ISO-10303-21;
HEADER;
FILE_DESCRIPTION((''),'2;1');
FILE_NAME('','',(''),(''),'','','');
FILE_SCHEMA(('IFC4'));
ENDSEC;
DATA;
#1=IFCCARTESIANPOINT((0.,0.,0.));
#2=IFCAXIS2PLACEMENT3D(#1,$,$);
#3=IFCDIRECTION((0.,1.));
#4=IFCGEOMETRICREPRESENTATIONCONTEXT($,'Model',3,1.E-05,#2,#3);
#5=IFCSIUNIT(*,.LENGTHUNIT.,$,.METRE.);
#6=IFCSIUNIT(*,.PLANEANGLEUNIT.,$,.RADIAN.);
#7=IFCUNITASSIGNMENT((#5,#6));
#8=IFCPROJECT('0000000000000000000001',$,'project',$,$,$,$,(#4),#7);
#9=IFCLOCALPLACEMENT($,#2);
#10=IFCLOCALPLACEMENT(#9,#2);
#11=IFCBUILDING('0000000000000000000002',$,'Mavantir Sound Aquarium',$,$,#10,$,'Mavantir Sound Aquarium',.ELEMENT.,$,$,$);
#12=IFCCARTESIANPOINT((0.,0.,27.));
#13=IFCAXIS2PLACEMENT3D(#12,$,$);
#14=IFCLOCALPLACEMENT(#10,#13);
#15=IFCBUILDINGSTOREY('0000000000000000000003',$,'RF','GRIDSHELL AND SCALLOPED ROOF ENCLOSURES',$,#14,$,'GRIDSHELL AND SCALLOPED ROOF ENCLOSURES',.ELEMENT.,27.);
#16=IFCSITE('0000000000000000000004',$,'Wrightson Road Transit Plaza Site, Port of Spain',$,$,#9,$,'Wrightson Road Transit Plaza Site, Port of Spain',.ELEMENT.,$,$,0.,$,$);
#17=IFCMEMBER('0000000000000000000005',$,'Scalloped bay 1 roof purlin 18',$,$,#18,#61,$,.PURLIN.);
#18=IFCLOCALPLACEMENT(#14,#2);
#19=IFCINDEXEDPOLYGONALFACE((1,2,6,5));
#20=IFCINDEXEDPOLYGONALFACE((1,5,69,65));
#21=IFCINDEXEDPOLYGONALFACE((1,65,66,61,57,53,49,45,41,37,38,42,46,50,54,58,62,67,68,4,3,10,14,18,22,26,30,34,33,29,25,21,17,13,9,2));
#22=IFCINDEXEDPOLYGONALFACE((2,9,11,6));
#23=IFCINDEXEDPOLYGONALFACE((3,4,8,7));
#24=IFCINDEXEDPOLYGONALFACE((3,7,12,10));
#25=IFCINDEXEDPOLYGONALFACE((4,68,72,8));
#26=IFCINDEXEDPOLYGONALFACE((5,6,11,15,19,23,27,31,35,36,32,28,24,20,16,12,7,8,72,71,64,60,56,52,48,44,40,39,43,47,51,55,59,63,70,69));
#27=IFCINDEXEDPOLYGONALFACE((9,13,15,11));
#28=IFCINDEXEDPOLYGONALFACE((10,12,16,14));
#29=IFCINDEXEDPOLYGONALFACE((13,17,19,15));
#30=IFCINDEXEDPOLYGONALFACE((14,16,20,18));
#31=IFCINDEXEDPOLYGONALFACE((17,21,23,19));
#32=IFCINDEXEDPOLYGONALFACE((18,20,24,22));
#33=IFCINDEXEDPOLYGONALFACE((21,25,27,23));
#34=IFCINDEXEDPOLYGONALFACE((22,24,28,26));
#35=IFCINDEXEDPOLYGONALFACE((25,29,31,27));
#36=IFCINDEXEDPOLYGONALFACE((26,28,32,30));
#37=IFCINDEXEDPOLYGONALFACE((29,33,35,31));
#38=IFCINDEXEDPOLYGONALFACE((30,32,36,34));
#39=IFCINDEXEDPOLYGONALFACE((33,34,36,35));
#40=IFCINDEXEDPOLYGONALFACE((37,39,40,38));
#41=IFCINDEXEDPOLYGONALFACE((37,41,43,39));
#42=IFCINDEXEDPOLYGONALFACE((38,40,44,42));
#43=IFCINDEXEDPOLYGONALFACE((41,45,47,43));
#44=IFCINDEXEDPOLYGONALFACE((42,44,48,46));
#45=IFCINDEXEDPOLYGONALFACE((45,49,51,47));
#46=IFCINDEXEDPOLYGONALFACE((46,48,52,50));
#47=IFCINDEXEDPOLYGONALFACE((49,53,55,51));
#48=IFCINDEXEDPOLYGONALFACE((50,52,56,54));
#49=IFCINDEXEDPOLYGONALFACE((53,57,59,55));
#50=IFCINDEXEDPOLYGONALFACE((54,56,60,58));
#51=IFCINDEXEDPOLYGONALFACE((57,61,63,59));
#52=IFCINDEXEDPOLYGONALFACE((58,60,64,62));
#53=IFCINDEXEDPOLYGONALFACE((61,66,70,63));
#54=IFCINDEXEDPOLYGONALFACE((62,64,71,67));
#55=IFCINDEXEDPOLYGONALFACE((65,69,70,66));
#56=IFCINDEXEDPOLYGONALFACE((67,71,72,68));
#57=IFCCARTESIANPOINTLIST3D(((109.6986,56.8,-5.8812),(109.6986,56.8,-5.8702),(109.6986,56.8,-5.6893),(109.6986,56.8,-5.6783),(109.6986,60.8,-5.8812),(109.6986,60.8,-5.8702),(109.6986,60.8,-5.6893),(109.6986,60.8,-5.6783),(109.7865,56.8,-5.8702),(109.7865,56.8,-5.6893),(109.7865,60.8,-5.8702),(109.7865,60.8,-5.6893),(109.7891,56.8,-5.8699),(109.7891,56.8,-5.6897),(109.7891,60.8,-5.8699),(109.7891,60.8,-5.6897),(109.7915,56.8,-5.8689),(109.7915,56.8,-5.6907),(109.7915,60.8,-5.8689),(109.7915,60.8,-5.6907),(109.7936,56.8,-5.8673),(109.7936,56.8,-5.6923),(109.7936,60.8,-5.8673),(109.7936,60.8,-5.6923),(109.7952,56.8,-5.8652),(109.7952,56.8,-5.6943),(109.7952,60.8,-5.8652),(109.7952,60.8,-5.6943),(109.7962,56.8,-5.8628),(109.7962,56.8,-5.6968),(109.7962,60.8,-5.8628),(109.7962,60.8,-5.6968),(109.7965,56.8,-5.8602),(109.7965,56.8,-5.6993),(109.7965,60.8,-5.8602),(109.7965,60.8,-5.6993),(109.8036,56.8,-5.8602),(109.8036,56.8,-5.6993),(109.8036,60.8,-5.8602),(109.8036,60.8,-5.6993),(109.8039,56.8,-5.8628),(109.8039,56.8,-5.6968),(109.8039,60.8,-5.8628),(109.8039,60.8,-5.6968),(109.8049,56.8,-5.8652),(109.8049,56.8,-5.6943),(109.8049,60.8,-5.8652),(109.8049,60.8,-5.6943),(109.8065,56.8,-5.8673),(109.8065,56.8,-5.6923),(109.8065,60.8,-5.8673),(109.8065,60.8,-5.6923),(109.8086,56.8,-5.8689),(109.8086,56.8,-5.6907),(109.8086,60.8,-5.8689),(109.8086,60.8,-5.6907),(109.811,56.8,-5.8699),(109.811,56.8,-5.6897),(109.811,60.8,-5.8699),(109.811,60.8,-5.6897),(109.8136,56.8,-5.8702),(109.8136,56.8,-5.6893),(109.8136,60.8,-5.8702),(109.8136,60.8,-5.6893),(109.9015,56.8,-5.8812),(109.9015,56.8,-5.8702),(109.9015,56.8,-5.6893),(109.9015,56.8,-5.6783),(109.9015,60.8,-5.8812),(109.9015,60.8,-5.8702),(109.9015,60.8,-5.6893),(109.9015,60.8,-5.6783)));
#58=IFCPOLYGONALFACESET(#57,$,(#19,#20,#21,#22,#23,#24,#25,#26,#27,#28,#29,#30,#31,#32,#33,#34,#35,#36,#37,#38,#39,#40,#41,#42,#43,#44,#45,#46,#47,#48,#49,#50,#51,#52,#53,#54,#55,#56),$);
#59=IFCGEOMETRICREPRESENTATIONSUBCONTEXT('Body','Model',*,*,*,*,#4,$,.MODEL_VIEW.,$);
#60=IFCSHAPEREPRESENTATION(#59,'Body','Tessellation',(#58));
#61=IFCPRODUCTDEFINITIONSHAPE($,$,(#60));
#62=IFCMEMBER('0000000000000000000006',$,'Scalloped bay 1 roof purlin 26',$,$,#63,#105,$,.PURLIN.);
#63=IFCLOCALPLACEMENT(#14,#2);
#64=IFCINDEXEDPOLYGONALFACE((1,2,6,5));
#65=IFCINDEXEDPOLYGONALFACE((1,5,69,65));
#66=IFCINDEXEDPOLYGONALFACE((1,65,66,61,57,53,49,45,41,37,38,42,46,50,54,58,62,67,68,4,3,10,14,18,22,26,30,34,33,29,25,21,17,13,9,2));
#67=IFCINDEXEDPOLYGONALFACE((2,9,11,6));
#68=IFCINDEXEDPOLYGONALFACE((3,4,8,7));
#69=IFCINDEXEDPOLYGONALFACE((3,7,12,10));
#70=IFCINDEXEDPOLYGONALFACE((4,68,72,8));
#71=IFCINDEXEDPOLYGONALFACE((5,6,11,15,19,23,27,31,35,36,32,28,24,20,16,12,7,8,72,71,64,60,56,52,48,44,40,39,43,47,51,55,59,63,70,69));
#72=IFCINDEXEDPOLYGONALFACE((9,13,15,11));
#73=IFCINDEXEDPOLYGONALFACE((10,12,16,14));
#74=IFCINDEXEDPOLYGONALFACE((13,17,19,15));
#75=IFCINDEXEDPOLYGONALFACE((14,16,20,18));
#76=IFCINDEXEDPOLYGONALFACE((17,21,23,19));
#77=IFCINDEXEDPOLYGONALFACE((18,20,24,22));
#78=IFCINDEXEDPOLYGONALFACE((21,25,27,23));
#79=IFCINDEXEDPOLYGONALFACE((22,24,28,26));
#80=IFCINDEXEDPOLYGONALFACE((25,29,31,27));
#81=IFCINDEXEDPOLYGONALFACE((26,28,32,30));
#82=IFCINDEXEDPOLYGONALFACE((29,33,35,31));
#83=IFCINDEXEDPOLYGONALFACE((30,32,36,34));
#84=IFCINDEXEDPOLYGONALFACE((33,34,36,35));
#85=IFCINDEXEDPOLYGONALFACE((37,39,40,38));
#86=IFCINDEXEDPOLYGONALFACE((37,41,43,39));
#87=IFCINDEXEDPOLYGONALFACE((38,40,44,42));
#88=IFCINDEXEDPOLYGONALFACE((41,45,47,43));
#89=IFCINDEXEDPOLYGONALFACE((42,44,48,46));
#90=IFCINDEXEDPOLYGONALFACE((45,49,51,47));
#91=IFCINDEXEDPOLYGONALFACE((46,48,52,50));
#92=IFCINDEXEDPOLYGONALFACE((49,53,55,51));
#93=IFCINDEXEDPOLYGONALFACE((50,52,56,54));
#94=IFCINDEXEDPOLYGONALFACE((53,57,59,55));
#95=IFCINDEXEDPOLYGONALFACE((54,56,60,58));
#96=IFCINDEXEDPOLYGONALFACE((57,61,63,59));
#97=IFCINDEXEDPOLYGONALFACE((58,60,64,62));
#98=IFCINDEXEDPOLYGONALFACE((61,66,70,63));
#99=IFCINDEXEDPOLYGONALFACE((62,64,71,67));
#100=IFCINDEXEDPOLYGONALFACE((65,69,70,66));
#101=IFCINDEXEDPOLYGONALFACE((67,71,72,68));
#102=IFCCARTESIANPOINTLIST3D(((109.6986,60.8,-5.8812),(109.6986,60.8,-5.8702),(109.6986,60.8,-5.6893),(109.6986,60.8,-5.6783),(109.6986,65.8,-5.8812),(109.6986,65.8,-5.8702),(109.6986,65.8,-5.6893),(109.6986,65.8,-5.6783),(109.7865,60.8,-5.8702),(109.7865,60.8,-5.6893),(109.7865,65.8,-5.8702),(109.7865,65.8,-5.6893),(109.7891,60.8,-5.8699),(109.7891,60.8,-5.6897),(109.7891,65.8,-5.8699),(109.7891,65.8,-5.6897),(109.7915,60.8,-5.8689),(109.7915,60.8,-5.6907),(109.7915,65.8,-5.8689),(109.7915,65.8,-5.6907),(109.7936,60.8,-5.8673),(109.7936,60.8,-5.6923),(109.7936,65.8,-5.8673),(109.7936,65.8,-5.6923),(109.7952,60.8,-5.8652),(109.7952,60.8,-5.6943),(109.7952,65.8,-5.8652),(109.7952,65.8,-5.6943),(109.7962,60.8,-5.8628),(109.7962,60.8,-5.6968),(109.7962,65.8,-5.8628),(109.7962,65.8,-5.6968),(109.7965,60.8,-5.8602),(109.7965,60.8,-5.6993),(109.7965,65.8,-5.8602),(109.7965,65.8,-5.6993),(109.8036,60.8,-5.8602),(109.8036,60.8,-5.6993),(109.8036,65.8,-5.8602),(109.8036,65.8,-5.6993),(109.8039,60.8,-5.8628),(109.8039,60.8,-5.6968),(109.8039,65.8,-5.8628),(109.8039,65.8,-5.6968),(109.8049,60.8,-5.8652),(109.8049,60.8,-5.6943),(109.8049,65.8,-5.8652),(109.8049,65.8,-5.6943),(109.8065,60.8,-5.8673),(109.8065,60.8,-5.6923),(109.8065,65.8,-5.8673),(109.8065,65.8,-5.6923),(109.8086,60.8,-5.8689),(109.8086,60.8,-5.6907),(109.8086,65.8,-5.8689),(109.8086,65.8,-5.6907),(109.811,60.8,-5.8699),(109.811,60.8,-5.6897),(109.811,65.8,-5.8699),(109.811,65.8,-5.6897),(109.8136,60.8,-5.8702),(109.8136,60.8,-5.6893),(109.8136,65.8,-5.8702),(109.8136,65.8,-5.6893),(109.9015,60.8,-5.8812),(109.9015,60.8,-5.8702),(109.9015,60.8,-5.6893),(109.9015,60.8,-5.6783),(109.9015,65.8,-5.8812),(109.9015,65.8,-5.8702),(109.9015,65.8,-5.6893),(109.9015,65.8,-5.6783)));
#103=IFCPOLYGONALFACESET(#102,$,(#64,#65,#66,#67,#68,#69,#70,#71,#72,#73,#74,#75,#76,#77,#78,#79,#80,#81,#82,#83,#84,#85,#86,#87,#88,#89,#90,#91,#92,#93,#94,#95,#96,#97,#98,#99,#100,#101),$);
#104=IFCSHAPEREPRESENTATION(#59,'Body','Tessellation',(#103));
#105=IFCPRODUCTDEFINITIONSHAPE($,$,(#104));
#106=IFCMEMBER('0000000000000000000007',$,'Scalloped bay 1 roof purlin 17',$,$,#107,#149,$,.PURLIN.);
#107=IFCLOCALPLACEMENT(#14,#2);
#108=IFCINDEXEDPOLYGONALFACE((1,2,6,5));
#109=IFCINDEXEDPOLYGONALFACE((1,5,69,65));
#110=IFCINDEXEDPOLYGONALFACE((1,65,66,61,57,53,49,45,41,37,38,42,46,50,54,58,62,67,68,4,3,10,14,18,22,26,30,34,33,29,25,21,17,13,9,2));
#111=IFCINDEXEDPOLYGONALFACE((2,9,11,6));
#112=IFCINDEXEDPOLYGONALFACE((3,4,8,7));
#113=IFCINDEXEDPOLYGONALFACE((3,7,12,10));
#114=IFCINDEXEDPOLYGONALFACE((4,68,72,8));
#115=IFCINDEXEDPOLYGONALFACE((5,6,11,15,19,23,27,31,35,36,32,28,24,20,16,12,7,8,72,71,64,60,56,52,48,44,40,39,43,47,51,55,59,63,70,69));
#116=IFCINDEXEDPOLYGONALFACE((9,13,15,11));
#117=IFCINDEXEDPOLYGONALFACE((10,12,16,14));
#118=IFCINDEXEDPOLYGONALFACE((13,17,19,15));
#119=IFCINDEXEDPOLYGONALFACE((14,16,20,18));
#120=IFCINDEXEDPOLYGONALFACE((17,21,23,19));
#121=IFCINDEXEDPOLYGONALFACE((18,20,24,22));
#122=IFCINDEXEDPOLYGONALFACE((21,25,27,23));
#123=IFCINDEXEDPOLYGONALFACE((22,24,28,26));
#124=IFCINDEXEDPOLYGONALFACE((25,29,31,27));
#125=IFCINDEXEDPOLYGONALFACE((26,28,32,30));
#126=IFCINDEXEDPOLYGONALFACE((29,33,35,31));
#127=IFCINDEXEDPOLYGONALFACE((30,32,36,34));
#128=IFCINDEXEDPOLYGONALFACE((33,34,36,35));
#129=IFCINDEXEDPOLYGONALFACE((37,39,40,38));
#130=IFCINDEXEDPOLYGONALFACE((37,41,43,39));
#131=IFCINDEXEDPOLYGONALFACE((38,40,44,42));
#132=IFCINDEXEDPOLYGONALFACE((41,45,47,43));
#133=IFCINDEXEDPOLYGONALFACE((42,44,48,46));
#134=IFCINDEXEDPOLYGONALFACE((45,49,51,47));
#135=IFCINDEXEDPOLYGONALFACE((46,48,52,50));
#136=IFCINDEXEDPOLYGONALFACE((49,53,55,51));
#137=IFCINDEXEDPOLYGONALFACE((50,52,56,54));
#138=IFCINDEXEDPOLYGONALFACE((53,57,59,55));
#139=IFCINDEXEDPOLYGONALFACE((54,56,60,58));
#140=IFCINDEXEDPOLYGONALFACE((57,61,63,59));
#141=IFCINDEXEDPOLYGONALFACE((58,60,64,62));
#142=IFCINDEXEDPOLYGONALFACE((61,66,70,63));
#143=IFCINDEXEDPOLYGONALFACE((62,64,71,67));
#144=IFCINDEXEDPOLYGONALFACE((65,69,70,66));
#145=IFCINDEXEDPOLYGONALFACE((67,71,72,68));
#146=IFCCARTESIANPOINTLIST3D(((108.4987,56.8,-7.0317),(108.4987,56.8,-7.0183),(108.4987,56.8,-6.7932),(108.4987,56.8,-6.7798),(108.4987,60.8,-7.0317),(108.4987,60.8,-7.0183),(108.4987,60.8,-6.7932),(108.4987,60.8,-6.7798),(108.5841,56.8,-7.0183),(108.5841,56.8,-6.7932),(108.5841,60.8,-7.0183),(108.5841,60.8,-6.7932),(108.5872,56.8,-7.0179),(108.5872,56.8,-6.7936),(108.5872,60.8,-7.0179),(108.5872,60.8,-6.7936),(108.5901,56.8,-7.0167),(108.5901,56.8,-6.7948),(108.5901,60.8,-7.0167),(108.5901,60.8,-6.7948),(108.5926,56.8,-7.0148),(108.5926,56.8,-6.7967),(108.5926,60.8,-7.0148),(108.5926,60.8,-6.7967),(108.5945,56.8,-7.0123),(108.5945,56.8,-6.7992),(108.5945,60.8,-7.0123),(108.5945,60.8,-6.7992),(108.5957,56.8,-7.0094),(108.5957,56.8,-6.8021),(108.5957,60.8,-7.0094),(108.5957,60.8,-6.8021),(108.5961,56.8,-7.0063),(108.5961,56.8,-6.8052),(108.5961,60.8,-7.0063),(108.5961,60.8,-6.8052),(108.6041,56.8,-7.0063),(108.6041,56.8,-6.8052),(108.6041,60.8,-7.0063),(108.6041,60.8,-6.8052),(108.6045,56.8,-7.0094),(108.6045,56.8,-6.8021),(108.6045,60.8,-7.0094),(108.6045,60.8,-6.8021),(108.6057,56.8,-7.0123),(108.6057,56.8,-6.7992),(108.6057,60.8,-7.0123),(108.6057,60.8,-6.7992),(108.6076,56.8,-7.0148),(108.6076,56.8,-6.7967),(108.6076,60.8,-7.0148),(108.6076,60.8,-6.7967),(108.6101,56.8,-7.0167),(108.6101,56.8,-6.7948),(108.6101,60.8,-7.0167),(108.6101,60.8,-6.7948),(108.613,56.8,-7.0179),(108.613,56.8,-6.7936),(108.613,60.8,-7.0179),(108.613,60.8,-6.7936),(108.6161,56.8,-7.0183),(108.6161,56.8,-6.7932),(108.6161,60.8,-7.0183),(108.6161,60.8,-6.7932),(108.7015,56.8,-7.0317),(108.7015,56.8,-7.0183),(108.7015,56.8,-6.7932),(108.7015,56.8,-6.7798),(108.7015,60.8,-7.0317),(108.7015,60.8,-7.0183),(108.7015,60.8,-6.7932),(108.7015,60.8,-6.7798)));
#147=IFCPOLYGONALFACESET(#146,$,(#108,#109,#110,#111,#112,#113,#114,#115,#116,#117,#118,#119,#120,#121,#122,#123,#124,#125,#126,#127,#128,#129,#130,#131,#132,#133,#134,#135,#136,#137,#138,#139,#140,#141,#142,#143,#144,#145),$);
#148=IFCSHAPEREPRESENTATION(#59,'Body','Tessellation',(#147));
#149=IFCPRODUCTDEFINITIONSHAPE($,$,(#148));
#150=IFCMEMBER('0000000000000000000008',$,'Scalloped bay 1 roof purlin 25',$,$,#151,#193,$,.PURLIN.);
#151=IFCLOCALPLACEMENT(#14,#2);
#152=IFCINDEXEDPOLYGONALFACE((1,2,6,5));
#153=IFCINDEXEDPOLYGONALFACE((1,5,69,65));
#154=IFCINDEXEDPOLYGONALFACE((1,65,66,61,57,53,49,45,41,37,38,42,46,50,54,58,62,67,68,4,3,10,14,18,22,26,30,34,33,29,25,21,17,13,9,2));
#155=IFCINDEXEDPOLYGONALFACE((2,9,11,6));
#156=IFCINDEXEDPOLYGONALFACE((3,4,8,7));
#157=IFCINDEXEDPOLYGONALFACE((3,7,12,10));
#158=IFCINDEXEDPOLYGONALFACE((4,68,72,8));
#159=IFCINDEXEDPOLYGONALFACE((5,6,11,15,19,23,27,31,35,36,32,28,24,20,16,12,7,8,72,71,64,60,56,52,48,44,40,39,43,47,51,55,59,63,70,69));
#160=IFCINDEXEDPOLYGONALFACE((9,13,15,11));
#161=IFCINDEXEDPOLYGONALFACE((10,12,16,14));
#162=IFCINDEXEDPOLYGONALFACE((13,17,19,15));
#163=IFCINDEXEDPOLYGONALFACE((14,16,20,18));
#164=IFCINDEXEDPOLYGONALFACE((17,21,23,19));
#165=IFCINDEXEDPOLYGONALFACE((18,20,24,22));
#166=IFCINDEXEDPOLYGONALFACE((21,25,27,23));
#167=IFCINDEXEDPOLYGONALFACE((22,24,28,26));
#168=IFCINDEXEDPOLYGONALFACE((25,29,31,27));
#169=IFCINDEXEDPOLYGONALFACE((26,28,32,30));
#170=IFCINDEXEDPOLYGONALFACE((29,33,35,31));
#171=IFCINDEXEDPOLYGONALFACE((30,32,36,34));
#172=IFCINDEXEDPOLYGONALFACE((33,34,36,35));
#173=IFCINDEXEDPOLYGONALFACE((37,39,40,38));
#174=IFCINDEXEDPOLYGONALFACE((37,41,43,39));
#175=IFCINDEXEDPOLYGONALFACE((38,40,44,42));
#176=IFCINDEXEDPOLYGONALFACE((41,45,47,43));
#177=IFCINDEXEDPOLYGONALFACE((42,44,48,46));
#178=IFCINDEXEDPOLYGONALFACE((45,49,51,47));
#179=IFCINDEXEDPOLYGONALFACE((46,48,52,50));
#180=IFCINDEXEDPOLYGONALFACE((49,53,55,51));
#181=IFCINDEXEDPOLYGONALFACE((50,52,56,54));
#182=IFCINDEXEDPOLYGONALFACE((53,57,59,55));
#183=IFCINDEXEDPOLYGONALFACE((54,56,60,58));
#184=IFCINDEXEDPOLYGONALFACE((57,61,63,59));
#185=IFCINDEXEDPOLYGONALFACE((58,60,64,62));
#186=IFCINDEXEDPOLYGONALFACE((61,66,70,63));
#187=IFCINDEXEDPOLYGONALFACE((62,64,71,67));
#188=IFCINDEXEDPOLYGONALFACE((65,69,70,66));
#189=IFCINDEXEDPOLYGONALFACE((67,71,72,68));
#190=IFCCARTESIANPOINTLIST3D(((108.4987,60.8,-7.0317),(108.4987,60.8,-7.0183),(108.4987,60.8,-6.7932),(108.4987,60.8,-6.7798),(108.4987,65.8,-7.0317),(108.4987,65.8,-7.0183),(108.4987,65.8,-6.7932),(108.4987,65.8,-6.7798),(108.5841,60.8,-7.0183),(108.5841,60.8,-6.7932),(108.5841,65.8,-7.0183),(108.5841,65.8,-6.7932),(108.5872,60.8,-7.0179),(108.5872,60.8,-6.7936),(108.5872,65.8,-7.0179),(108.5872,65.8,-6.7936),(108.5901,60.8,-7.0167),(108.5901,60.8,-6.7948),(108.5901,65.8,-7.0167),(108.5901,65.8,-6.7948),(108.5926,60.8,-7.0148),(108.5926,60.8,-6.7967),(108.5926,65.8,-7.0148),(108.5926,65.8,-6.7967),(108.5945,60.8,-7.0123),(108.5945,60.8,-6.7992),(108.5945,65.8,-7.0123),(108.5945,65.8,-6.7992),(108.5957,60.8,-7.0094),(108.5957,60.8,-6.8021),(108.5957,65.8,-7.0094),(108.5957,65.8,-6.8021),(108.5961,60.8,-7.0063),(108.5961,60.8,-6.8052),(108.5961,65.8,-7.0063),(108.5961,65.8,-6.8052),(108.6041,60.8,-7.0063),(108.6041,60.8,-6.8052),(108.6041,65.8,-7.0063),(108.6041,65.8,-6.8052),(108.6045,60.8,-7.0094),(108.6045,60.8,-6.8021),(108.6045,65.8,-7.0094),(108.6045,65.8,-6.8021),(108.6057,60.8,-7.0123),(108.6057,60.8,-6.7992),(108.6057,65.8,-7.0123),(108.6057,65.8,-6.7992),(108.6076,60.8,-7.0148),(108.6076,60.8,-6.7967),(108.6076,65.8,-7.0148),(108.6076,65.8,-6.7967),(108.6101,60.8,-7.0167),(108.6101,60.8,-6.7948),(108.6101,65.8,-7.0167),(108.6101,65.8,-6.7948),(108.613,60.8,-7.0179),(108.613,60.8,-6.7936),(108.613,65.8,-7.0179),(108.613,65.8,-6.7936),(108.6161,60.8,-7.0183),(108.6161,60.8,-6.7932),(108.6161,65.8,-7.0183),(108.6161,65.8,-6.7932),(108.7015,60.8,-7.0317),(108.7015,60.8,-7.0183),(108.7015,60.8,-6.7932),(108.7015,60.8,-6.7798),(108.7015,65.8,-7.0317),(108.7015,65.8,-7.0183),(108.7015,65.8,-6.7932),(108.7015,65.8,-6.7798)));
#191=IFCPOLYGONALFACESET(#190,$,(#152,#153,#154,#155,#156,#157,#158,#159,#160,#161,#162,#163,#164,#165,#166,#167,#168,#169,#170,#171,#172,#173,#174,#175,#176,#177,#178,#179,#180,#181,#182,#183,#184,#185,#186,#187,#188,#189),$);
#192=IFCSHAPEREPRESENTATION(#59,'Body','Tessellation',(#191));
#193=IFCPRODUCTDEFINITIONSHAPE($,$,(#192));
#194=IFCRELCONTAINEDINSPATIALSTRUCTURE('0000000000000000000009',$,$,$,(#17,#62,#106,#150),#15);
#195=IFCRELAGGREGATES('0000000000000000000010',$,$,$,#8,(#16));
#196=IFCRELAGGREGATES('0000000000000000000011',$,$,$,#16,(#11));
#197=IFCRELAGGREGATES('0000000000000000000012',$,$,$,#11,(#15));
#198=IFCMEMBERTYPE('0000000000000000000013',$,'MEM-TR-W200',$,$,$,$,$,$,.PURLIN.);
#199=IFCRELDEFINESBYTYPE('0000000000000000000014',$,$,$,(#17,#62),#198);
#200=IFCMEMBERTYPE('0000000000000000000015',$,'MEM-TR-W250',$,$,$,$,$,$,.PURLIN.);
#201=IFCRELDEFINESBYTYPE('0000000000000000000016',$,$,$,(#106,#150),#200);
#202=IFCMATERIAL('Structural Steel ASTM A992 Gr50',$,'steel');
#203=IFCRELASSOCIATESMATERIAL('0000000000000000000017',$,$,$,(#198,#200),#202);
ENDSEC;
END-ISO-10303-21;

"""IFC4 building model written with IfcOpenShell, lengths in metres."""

from ifc_helpers import new_model, si_unit, direction, frame, origin, origin_2d, place, context, subcontext, project, spatial, i_section, extrude, material, material_profile, profile_set, type_object, element, save


model = new_model("IFC4")

# Units and contexts
model_context = context("Model", 3, precision=1e-05, world=origin(), true_north=direction((0.0, 1.0)))
body_context = subcontext(model_context, "Body", "Model", "MODEL_VIEW")
ifc_project = project(units=[si_unit("LENGTHUNIT", "METRE"), si_unit("PLANEANGLEUNIT", "RADIAN")], contexts=[model_context])

# Site, building, storey
site_placement = place(None, origin())
site = spatial("IfcSite", under=ifc_project, at=site_placement, Name="Wrightson Road Transit Plaza Site, Port of Spain", LongName="Wrightson Road Transit Plaza Site, Port of Spain", CompositionType="ELEMENT", RefElevation=0.0)
building_placement = place(site_placement, origin())
building = spatial("IfcBuilding", under=site, at=building_placement, Name="Mavantir Sound Aquarium", LongName="Mavantir Sound Aquarium", CompositionType="ELEMENT")
storey_placement = place(building_placement, frame((0.0, 0.0, 27.0)))
storey = spatial("IfcBuildingStorey", under=building, at=storey_placement, Name="RF", Description="GRIDSHELL AND SCALLOPED ROOF ENCLOSURES", LongName="GRIDSHELL AND SCALLOPED ROOF ENCLOSURES", CompositionType="ELEMENT", Elevation=27.0)

# Shared definitions
ifc_material_1 = material(Name="Structural Steel ASTM A992 Gr50", Category="steel")

# Members
ifc_material_profile_1 = material_profile(ifc_material_1, i_section(OverallWidth=0.2029, OverallDepth=0.2029, WebThickness=0.0071, FlangeThickness=0.011, FilletRadius=0.01, at=origin_2d()), Name="W200X46")
ifc_profile_set_1 = profile_set([ifc_material_profile_1], Name="Structural Steel ASTM A992 Gr50")
member_type_1 = type_object("IfcMemberType", Name="MEM-TR-W200", PredefinedType="PURLIN", material=ifc_profile_set_1)
member_1_placement = place(storey_placement, frame((109.8, 56.8, -5.7798), z_axis=(0.0, 1.0, 0.0), x_axis=(-1.0, 0.0, 0.0)))
element("IfcMember", 1, at=member_1_placement, inside=storey, type_object=member_type_1, Name="Scalloped bay 1 roof purlin 18", PredefinedType="PURLIN", context=body_context, shape_type="SweptSolid", body=[
    extrude(i_section(OverallWidth=0.2029, OverallDepth=0.2029, WebThickness=0.0071, FlangeThickness=0.011, FilletRadius=0.01, at=origin_2d()), origin(), (0.0, 0.0, 1.0), 4.0),
])
member_2_placement = place(storey_placement, frame((109.8, 60.8, -5.7798), z_axis=(0.0, 1.0, 0.0), x_axis=(-1.0, 0.0, 0.0)))
element("IfcMember", 2, at=member_2_placement, inside=storey, type_object=member_type_1, Name="Scalloped bay 1 roof purlin 26", PredefinedType="PURLIN", context=body_context, shape_type="SweptSolid", body=[
    extrude(i_section(OverallWidth=0.2029, OverallDepth=0.2029, WebThickness=0.0071, FlangeThickness=0.011, FilletRadius=0.01, at=origin_2d()), origin(), (0.0, 0.0, 1.0), 5.0),
])
ifc_material_profile_2 = material_profile(ifc_material_1, i_section(OverallWidth=0.2029, OverallDepth=0.252, WebThickness=0.0081, FlangeThickness=0.0134, FilletRadius=0.012, at=origin_2d()), Name="W250X58")
ifc_profile_set_2 = profile_set([ifc_material_profile_2], Name="Structural Steel ASTM A992 Gr50")
member_type_2 = type_object("IfcMemberType", Name="MEM-TR-W250", PredefinedType="PURLIN", material=ifc_profile_set_2)
member_3_placement = place(storey_placement, frame((108.6001, 56.8, -6.9058), z_axis=(0.0, 1.0, 0.0), x_axis=(-1.0, 0.0, 0.0)))
element("IfcMember", 3, at=member_3_placement, inside=storey, type_object=member_type_2, Name="Scalloped bay 1 roof purlin 17", PredefinedType="PURLIN", context=body_context, shape_type="SweptSolid", body=[
    extrude(i_section(OverallWidth=0.2029, OverallDepth=0.252, WebThickness=0.0081, FlangeThickness=0.0134, FilletRadius=0.012, at=origin_2d()), origin(), (0.0, 0.0, 1.0), 4.0),
])
for number, where, z_axis, x_axis, name in (
    (4, (108.6001, 60.8, -6.9058), (0.0, 1.0, 0.0), (-1.0, 0.0, 0.0), "Scalloped bay 1 roof purlin 25"),
):
    element("IfcMember", number, at=place(storey_placement, frame(where, z_axis=z_axis, x_axis=x_axis)), inside=storey, type_object=member_type_2, Name=name, PredefinedType="PURLIN", context=body_context, shape_type="SweptSolid", body=[
        extrude(i_section(OverallWidth=0.2029, OverallDepth=0.252, WebThickness=0.0081, FlangeThickness=0.0134, FilletRadius=0.012, at=origin_2d()), origin(), (0.0, 0.0, 1.0), 5.0),
    ])

save(model, "model.ifc")
